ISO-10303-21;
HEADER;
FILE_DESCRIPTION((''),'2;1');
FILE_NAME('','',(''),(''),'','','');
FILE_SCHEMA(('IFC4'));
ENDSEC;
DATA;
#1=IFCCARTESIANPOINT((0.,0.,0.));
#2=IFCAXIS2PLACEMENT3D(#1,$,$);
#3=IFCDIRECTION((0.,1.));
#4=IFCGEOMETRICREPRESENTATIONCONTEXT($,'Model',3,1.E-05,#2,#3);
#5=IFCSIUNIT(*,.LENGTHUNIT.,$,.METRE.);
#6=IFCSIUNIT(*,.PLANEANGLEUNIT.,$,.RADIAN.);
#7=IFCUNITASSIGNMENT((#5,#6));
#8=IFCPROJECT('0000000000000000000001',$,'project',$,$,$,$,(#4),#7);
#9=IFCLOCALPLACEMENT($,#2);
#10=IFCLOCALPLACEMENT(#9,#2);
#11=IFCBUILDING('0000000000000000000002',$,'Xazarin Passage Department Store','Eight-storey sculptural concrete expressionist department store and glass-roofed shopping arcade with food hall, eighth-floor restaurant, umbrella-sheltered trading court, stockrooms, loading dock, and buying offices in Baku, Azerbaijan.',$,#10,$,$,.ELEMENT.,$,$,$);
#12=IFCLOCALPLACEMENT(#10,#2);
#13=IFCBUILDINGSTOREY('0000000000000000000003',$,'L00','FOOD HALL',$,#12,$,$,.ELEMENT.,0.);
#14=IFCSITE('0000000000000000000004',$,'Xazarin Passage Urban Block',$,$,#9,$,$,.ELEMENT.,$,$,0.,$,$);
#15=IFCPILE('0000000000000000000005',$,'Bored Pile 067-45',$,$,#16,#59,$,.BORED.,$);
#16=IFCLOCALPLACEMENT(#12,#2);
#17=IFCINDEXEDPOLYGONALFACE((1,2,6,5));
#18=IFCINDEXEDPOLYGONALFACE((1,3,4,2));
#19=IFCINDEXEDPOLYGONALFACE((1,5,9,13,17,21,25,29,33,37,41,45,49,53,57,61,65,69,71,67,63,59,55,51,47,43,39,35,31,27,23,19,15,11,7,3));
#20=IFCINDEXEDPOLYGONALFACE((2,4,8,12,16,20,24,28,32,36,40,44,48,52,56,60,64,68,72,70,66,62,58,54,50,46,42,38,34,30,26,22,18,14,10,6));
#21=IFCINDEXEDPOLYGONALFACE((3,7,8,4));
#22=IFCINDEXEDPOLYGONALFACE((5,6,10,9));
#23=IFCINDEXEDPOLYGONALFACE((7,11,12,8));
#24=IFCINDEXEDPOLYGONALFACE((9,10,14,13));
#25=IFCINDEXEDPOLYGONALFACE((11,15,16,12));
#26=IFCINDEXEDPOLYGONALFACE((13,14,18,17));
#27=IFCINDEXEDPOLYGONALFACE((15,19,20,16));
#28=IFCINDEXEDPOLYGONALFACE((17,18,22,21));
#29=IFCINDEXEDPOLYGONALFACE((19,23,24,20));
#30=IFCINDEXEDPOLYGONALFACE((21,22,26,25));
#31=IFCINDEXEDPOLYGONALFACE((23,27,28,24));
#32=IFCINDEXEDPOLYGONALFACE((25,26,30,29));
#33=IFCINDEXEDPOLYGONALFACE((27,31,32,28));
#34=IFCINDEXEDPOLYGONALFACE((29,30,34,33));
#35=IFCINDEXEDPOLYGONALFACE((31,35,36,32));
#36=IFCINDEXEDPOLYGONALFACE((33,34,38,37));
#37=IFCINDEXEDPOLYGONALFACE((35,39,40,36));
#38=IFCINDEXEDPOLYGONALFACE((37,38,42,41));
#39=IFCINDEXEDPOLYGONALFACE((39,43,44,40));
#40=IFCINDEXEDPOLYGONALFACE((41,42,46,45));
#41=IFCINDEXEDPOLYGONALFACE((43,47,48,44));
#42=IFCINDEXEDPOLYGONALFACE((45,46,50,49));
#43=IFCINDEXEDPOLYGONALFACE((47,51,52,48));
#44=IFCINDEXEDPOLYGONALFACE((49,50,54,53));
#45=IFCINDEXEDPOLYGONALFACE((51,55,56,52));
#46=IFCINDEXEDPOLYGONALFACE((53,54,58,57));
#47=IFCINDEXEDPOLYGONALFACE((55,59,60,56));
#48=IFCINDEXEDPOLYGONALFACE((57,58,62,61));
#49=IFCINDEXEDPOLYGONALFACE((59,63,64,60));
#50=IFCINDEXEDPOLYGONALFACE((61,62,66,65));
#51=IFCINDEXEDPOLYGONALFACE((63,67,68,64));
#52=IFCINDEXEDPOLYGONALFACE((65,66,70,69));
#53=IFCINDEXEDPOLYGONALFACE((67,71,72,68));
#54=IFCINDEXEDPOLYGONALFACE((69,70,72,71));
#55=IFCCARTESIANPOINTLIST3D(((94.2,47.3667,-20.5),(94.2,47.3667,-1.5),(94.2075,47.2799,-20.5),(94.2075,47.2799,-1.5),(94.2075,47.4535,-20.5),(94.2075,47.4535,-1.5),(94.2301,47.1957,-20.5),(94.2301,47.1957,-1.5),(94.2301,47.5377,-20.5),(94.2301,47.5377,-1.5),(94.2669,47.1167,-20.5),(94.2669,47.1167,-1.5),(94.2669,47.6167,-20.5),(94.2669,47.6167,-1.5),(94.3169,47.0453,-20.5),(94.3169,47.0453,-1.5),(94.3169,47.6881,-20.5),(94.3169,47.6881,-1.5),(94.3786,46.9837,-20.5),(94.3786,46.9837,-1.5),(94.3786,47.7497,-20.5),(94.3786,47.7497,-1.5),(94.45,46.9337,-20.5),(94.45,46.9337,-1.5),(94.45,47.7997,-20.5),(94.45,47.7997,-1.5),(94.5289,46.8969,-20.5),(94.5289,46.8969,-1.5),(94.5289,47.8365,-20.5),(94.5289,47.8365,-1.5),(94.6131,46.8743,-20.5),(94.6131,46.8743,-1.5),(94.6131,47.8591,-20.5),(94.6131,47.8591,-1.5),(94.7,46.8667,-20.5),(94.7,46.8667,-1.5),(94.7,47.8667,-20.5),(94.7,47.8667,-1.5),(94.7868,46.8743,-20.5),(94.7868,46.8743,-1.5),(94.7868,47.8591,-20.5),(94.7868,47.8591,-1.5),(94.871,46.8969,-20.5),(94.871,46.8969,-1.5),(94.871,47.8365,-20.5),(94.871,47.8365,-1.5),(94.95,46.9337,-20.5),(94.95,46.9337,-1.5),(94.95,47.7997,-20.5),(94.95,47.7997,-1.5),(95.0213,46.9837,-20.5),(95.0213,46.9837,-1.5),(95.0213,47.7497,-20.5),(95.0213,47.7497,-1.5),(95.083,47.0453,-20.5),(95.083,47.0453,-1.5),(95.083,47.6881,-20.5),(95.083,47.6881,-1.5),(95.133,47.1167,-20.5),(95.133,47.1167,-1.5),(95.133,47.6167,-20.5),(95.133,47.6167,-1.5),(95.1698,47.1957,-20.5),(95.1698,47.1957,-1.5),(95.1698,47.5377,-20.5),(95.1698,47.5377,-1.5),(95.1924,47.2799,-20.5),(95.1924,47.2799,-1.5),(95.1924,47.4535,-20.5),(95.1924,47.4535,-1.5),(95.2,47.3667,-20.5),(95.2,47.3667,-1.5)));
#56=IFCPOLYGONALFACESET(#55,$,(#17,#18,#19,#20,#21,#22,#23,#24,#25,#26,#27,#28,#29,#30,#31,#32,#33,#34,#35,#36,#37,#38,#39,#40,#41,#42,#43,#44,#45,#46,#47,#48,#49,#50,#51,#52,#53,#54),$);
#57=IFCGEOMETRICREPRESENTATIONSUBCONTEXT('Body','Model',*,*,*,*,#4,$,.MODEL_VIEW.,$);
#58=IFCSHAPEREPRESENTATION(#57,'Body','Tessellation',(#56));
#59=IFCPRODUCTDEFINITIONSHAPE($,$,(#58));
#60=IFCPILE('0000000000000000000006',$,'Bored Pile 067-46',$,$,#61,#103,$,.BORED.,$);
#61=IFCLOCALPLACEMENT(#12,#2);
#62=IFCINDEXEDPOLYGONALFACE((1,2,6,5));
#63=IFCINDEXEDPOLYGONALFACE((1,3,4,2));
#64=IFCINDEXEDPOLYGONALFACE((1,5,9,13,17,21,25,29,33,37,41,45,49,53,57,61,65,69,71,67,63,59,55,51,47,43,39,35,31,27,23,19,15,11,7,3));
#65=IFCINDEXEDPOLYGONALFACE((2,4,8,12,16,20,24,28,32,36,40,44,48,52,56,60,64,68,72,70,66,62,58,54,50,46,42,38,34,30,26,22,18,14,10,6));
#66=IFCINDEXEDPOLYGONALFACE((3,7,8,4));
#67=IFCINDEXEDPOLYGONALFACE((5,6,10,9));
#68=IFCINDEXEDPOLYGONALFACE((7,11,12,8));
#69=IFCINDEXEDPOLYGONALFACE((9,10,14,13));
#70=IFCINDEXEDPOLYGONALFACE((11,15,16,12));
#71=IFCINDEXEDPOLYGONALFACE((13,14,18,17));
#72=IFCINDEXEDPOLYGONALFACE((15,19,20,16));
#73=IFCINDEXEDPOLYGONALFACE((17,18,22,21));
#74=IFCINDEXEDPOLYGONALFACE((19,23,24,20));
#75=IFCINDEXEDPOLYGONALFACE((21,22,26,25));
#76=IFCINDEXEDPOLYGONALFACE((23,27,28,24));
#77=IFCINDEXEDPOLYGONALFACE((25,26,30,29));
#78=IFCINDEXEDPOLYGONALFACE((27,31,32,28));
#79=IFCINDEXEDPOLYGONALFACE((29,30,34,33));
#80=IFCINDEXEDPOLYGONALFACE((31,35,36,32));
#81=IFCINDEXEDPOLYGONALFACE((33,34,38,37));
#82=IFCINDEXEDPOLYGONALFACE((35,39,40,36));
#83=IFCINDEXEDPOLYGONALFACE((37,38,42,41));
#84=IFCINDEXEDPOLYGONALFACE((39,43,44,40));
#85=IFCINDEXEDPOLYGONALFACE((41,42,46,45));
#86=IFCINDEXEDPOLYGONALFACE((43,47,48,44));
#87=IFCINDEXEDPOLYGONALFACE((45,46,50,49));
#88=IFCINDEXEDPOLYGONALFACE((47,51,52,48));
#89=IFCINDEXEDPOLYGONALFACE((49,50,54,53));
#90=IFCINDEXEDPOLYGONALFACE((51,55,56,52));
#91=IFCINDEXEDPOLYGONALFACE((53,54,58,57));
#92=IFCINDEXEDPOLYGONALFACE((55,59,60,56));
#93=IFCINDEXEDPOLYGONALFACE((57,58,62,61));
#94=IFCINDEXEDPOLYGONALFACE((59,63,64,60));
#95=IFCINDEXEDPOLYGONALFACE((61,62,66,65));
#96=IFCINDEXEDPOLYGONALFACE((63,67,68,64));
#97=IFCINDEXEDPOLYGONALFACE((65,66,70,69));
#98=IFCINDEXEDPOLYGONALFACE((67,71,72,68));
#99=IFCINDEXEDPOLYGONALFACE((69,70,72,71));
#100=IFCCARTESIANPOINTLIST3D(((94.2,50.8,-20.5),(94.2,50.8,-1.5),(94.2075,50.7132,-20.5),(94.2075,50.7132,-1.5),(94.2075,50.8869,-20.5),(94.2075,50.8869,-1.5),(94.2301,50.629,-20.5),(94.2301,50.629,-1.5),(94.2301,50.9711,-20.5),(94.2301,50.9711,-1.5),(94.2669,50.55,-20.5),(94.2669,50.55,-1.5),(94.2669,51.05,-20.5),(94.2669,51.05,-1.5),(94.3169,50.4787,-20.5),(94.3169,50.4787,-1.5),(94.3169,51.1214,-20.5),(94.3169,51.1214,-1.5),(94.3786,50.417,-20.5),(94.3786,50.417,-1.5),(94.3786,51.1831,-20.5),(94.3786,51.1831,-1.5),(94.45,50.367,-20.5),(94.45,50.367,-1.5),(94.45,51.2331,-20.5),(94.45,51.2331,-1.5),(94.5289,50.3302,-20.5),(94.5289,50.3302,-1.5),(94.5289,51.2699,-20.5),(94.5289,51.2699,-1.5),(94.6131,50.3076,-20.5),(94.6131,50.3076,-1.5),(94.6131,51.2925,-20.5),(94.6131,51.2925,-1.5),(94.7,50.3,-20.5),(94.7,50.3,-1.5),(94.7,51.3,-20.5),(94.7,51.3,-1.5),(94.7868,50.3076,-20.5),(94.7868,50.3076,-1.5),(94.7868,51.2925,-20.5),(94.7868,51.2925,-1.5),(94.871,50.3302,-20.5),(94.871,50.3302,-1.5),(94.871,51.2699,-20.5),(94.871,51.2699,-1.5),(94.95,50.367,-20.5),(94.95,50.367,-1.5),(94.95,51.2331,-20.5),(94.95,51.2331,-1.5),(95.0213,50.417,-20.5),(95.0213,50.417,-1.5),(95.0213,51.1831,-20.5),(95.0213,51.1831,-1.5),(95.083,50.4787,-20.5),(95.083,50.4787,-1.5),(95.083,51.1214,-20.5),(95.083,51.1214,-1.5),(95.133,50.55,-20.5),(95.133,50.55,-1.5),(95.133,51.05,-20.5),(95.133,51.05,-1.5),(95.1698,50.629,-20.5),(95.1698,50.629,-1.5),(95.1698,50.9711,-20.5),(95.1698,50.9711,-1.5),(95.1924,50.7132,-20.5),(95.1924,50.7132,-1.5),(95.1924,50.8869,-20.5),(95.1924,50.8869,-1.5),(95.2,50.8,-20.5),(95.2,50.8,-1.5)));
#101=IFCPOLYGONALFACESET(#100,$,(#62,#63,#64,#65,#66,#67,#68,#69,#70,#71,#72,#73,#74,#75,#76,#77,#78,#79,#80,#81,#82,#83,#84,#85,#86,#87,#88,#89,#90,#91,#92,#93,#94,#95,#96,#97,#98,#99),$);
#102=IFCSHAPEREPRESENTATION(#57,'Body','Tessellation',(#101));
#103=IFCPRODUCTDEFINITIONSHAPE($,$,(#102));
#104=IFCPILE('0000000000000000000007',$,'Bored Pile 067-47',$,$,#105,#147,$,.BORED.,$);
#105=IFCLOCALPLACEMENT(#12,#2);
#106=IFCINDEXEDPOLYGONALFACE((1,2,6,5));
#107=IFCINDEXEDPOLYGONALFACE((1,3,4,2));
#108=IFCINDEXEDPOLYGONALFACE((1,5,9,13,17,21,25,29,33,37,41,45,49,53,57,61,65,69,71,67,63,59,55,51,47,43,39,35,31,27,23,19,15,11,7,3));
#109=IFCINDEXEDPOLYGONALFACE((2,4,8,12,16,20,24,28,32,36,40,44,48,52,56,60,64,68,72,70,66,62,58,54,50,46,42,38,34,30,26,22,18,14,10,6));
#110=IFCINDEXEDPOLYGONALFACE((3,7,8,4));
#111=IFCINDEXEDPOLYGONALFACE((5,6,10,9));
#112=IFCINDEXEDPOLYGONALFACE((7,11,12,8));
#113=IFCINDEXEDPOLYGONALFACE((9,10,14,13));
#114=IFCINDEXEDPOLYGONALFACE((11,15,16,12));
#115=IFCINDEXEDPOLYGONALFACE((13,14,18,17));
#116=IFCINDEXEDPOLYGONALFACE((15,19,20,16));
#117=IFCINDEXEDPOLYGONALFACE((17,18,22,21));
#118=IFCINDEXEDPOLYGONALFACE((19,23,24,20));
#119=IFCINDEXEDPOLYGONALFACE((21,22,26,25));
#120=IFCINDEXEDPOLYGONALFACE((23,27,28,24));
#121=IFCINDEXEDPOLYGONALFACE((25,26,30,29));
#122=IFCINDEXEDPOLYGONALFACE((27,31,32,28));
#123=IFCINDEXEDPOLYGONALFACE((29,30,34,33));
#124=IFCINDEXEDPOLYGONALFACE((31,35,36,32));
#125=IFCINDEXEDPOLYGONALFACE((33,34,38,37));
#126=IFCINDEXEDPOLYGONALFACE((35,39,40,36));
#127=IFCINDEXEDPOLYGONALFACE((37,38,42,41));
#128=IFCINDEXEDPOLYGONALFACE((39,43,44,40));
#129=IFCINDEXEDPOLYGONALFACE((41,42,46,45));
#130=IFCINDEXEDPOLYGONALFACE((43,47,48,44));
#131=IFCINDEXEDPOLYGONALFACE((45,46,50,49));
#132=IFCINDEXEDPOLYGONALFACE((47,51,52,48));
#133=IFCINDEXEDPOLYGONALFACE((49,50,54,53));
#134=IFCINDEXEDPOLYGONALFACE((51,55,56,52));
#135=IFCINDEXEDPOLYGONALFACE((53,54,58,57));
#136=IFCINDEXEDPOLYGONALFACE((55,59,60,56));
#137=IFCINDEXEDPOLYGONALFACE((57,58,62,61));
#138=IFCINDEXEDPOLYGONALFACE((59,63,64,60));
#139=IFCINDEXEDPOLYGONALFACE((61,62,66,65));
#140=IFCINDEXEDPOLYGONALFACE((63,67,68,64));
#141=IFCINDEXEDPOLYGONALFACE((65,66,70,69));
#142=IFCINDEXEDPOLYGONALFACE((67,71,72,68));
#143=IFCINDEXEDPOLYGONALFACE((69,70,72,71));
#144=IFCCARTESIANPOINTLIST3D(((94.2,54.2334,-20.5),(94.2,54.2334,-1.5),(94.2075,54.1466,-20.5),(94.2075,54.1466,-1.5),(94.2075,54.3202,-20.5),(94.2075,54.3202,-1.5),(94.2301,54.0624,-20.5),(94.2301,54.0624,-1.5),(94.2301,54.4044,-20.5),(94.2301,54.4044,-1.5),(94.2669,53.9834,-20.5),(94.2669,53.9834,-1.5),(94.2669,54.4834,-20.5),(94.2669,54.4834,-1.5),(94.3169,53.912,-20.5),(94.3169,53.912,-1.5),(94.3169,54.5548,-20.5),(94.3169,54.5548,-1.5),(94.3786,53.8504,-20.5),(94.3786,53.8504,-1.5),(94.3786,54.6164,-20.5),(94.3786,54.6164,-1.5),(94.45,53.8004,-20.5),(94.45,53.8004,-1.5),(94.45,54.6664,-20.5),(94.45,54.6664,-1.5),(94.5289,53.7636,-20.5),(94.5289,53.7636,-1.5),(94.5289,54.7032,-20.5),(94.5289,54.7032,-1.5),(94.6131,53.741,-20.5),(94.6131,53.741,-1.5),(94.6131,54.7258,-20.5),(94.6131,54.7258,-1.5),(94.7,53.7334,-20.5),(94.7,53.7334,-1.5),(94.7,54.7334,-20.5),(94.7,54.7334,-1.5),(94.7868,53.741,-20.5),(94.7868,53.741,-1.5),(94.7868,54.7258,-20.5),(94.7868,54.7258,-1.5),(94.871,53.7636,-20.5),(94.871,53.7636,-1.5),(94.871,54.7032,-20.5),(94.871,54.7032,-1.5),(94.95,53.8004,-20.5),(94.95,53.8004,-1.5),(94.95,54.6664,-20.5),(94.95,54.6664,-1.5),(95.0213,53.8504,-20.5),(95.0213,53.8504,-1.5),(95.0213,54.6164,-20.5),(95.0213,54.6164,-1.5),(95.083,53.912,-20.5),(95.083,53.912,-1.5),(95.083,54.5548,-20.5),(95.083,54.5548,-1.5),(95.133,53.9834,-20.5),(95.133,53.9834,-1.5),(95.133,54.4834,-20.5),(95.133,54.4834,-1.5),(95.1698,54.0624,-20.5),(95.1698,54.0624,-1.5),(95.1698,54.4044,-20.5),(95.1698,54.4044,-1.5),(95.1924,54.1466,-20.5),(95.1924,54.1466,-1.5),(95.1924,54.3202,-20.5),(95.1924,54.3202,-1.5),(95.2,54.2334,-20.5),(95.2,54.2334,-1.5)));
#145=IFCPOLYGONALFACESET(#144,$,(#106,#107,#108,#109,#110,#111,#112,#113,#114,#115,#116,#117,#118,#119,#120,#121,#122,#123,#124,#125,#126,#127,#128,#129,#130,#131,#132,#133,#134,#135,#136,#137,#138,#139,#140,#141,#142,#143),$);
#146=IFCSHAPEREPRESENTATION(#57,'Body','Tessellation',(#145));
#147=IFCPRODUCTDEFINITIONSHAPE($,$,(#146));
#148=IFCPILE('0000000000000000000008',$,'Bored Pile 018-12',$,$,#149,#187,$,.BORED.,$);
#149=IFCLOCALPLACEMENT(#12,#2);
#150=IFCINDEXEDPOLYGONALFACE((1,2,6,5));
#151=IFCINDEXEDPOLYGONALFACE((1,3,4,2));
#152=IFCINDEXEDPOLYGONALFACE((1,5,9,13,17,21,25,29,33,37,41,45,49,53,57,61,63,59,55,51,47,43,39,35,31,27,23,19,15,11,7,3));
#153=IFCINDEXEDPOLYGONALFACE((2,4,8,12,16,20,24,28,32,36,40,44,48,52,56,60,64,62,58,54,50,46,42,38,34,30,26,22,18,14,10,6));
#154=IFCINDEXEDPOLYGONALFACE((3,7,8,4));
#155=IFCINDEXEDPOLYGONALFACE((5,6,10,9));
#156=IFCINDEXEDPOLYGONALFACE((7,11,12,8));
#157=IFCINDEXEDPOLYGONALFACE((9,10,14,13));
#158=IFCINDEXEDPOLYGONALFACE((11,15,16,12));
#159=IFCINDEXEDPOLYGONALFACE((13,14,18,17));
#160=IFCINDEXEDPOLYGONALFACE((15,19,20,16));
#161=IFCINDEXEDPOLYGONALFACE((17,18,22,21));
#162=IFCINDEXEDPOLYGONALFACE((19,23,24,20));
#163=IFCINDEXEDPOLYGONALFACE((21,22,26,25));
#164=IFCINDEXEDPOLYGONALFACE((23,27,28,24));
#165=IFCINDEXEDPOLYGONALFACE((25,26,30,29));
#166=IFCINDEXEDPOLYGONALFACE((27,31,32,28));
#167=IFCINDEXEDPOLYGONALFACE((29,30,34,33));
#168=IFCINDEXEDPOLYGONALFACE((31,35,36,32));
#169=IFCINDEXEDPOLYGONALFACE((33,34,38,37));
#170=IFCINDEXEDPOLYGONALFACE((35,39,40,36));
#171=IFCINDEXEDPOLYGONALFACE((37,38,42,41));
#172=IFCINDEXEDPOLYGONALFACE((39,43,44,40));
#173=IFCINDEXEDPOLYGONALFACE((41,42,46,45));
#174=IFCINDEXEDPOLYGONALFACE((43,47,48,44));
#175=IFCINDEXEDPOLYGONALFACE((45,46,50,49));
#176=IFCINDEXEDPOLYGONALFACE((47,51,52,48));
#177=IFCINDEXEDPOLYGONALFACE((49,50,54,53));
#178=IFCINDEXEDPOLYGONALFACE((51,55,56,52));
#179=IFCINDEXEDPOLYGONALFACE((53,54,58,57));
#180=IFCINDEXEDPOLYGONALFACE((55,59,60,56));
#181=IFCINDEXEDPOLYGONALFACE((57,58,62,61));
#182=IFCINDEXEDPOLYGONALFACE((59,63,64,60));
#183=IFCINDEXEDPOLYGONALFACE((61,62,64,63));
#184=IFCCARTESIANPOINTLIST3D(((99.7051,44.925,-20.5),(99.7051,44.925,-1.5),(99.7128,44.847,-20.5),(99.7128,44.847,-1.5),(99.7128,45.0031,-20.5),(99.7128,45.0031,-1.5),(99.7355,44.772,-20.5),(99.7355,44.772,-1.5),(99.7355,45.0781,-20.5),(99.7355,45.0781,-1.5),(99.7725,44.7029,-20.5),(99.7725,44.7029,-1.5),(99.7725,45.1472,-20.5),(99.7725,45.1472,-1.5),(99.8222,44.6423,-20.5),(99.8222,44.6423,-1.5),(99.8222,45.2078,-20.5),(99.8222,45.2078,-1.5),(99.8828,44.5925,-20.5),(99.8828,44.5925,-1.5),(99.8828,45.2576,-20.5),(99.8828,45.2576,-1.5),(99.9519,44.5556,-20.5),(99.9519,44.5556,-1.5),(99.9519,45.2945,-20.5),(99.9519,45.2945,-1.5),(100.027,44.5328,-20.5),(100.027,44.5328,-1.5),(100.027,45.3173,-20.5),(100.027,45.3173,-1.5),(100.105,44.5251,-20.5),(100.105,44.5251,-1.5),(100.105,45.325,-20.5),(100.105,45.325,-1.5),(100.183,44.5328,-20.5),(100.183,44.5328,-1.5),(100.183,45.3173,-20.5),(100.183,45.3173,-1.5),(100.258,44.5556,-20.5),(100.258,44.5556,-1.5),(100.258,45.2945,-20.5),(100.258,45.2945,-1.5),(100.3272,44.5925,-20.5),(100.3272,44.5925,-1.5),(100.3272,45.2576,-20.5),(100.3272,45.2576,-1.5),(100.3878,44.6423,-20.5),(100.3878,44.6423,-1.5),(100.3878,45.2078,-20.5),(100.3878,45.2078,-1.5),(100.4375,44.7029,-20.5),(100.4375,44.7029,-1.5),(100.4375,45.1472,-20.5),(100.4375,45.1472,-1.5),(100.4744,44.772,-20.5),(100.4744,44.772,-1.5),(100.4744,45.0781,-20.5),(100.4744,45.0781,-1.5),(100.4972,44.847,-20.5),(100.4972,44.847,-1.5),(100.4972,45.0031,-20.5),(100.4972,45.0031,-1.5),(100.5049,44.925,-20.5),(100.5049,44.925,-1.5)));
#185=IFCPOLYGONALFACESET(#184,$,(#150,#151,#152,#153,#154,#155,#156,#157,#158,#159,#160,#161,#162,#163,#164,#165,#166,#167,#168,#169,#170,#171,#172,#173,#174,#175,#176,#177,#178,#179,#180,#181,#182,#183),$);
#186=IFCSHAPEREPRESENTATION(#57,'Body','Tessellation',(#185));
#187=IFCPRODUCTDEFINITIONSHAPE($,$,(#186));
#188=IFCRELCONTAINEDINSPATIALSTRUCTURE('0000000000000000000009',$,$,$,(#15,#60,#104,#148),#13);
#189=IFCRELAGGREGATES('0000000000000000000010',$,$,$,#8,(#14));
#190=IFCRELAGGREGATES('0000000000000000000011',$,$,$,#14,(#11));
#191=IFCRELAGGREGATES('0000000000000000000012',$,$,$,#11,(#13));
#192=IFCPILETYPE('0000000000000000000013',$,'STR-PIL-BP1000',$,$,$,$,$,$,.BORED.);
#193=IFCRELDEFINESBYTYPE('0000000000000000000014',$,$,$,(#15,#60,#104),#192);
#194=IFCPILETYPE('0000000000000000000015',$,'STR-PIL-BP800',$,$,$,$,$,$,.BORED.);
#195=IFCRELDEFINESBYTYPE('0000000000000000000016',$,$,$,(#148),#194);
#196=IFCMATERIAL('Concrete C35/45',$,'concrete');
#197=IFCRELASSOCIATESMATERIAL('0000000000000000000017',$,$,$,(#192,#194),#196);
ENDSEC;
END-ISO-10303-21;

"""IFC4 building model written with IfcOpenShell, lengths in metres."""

from ifc_helpers import new_model, si_unit, direction, frame, origin, origin_2d, place, context, subcontext, project, spatial, circle, extrude, material, material_profile, profile_set, type_object, element, save


model = new_model("IFC4")

# Units and contexts
model_context = context("Model", 3, precision=1e-05, world=origin(), true_north=direction((0.0, 1.0)))
body_context = subcontext(model_context, "Body", "Model", "MODEL_VIEW")
ifc_project = project(units=[si_unit("LENGTHUNIT", "METRE"), si_unit("PLANEANGLEUNIT", "RADIAN")], contexts=[model_context])

# Site, building, storey
site_placement = place(None, origin())
site = spatial("IfcSite", under=ifc_project, at=site_placement, Name="Xazarin Passage Urban Block", CompositionType="ELEMENT", RefElevation=0.0)
building_placement = place(site_placement, origin())
building = spatial("IfcBuilding", under=site, at=building_placement, Name="Xazarin Passage Department Store", Description="Eight-storey sculptural concrete expressionist department store and glass-roofed shopping arcade with food hall, eighth-floor restaurant, umbrella-sheltered trading court, stockrooms, loading dock, and buying offices in Baku, Azerbaijan.", CompositionType="ELEMENT")
storey_placement = place(building_placement, origin())
storey = spatial("IfcBuildingStorey", under=building, at=storey_placement, Name="L00", Description="FOOD HALL", CompositionType="ELEMENT", Elevation=0.0)

# Shared definitions
ifc_material_1 = material(Name="Concrete C35/45", Category="concrete")

# Piles
ifc_material_profile_1 = material_profile(ifc_material_1, circle(Radius=0.5, at=origin_2d()), Name="BP 1000")
ifc_profile_set_1 = profile_set([ifc_material_profile_1], Name="Concrete C35/45")
pile_type_1 = type_object("IfcPileType", Name="STR-PIL-BP1000", PredefinedType="BORED", material=ifc_profile_set_1)
for number, where, z_axis, x_axis, name in (
    (1, (94.7, 47.3667, -1.5), (0.0, 0.0, -1.0), (1.0, 0.0, 0.0), "Bored Pile 067-45"),
    (2, (94.7, 50.8, -1.5), (0.0, 0.0, -1.0), (1.0, 0.0, 0.0), "Bored Pile 067-46"),
    (3, (94.7, 54.2334, -1.5), (0.0, 0.0, -1.0), (1.0, 0.0, 0.0), "Bored Pile 067-47"),
):
    element("IfcPile", number, at=place(storey_placement, frame(where, z_axis=z_axis, x_axis=x_axis)), inside=storey, type_object=pile_type_1, Name=name, PredefinedType="BORED", context=body_context, shape_type="SweptSolid", body=[
        extrude(circle(Radius=0.5, at=origin_2d()), origin(), (0.0, 0.0, 1.0), 19.0),
    ])
ifc_material_profile_2 = material_profile(ifc_material_1, circle(Radius=0.3999, at=origin_2d()), Name="BP 800")
ifc_profile_set_2 = profile_set([ifc_material_profile_2], Name="Concrete C35/45")
pile_type_2 = type_object("IfcPileType", Name="STR-PIL-BP800", PredefinedType="BORED", material=ifc_profile_set_2)
for number, where, z_axis, x_axis, name in (
    (4, (100.105, 44.925, -1.5), (0.0, 0.0, -1.0), (1.0, 0.0, 0.0), "Bored Pile 018-12"),
):
    element("IfcPile", number, at=place(storey_placement, frame(where, z_axis=z_axis, x_axis=x_axis)), inside=storey, type_object=pile_type_2, Name=name, PredefinedType="BORED", context=body_context, shape_type="SweptSolid", body=[
        extrude(circle(Radius=0.3999, at=origin_2d()), origin(), (0.0, 0.0, 1.0), 19.0),
    ])

save(model, "model.ifc")
